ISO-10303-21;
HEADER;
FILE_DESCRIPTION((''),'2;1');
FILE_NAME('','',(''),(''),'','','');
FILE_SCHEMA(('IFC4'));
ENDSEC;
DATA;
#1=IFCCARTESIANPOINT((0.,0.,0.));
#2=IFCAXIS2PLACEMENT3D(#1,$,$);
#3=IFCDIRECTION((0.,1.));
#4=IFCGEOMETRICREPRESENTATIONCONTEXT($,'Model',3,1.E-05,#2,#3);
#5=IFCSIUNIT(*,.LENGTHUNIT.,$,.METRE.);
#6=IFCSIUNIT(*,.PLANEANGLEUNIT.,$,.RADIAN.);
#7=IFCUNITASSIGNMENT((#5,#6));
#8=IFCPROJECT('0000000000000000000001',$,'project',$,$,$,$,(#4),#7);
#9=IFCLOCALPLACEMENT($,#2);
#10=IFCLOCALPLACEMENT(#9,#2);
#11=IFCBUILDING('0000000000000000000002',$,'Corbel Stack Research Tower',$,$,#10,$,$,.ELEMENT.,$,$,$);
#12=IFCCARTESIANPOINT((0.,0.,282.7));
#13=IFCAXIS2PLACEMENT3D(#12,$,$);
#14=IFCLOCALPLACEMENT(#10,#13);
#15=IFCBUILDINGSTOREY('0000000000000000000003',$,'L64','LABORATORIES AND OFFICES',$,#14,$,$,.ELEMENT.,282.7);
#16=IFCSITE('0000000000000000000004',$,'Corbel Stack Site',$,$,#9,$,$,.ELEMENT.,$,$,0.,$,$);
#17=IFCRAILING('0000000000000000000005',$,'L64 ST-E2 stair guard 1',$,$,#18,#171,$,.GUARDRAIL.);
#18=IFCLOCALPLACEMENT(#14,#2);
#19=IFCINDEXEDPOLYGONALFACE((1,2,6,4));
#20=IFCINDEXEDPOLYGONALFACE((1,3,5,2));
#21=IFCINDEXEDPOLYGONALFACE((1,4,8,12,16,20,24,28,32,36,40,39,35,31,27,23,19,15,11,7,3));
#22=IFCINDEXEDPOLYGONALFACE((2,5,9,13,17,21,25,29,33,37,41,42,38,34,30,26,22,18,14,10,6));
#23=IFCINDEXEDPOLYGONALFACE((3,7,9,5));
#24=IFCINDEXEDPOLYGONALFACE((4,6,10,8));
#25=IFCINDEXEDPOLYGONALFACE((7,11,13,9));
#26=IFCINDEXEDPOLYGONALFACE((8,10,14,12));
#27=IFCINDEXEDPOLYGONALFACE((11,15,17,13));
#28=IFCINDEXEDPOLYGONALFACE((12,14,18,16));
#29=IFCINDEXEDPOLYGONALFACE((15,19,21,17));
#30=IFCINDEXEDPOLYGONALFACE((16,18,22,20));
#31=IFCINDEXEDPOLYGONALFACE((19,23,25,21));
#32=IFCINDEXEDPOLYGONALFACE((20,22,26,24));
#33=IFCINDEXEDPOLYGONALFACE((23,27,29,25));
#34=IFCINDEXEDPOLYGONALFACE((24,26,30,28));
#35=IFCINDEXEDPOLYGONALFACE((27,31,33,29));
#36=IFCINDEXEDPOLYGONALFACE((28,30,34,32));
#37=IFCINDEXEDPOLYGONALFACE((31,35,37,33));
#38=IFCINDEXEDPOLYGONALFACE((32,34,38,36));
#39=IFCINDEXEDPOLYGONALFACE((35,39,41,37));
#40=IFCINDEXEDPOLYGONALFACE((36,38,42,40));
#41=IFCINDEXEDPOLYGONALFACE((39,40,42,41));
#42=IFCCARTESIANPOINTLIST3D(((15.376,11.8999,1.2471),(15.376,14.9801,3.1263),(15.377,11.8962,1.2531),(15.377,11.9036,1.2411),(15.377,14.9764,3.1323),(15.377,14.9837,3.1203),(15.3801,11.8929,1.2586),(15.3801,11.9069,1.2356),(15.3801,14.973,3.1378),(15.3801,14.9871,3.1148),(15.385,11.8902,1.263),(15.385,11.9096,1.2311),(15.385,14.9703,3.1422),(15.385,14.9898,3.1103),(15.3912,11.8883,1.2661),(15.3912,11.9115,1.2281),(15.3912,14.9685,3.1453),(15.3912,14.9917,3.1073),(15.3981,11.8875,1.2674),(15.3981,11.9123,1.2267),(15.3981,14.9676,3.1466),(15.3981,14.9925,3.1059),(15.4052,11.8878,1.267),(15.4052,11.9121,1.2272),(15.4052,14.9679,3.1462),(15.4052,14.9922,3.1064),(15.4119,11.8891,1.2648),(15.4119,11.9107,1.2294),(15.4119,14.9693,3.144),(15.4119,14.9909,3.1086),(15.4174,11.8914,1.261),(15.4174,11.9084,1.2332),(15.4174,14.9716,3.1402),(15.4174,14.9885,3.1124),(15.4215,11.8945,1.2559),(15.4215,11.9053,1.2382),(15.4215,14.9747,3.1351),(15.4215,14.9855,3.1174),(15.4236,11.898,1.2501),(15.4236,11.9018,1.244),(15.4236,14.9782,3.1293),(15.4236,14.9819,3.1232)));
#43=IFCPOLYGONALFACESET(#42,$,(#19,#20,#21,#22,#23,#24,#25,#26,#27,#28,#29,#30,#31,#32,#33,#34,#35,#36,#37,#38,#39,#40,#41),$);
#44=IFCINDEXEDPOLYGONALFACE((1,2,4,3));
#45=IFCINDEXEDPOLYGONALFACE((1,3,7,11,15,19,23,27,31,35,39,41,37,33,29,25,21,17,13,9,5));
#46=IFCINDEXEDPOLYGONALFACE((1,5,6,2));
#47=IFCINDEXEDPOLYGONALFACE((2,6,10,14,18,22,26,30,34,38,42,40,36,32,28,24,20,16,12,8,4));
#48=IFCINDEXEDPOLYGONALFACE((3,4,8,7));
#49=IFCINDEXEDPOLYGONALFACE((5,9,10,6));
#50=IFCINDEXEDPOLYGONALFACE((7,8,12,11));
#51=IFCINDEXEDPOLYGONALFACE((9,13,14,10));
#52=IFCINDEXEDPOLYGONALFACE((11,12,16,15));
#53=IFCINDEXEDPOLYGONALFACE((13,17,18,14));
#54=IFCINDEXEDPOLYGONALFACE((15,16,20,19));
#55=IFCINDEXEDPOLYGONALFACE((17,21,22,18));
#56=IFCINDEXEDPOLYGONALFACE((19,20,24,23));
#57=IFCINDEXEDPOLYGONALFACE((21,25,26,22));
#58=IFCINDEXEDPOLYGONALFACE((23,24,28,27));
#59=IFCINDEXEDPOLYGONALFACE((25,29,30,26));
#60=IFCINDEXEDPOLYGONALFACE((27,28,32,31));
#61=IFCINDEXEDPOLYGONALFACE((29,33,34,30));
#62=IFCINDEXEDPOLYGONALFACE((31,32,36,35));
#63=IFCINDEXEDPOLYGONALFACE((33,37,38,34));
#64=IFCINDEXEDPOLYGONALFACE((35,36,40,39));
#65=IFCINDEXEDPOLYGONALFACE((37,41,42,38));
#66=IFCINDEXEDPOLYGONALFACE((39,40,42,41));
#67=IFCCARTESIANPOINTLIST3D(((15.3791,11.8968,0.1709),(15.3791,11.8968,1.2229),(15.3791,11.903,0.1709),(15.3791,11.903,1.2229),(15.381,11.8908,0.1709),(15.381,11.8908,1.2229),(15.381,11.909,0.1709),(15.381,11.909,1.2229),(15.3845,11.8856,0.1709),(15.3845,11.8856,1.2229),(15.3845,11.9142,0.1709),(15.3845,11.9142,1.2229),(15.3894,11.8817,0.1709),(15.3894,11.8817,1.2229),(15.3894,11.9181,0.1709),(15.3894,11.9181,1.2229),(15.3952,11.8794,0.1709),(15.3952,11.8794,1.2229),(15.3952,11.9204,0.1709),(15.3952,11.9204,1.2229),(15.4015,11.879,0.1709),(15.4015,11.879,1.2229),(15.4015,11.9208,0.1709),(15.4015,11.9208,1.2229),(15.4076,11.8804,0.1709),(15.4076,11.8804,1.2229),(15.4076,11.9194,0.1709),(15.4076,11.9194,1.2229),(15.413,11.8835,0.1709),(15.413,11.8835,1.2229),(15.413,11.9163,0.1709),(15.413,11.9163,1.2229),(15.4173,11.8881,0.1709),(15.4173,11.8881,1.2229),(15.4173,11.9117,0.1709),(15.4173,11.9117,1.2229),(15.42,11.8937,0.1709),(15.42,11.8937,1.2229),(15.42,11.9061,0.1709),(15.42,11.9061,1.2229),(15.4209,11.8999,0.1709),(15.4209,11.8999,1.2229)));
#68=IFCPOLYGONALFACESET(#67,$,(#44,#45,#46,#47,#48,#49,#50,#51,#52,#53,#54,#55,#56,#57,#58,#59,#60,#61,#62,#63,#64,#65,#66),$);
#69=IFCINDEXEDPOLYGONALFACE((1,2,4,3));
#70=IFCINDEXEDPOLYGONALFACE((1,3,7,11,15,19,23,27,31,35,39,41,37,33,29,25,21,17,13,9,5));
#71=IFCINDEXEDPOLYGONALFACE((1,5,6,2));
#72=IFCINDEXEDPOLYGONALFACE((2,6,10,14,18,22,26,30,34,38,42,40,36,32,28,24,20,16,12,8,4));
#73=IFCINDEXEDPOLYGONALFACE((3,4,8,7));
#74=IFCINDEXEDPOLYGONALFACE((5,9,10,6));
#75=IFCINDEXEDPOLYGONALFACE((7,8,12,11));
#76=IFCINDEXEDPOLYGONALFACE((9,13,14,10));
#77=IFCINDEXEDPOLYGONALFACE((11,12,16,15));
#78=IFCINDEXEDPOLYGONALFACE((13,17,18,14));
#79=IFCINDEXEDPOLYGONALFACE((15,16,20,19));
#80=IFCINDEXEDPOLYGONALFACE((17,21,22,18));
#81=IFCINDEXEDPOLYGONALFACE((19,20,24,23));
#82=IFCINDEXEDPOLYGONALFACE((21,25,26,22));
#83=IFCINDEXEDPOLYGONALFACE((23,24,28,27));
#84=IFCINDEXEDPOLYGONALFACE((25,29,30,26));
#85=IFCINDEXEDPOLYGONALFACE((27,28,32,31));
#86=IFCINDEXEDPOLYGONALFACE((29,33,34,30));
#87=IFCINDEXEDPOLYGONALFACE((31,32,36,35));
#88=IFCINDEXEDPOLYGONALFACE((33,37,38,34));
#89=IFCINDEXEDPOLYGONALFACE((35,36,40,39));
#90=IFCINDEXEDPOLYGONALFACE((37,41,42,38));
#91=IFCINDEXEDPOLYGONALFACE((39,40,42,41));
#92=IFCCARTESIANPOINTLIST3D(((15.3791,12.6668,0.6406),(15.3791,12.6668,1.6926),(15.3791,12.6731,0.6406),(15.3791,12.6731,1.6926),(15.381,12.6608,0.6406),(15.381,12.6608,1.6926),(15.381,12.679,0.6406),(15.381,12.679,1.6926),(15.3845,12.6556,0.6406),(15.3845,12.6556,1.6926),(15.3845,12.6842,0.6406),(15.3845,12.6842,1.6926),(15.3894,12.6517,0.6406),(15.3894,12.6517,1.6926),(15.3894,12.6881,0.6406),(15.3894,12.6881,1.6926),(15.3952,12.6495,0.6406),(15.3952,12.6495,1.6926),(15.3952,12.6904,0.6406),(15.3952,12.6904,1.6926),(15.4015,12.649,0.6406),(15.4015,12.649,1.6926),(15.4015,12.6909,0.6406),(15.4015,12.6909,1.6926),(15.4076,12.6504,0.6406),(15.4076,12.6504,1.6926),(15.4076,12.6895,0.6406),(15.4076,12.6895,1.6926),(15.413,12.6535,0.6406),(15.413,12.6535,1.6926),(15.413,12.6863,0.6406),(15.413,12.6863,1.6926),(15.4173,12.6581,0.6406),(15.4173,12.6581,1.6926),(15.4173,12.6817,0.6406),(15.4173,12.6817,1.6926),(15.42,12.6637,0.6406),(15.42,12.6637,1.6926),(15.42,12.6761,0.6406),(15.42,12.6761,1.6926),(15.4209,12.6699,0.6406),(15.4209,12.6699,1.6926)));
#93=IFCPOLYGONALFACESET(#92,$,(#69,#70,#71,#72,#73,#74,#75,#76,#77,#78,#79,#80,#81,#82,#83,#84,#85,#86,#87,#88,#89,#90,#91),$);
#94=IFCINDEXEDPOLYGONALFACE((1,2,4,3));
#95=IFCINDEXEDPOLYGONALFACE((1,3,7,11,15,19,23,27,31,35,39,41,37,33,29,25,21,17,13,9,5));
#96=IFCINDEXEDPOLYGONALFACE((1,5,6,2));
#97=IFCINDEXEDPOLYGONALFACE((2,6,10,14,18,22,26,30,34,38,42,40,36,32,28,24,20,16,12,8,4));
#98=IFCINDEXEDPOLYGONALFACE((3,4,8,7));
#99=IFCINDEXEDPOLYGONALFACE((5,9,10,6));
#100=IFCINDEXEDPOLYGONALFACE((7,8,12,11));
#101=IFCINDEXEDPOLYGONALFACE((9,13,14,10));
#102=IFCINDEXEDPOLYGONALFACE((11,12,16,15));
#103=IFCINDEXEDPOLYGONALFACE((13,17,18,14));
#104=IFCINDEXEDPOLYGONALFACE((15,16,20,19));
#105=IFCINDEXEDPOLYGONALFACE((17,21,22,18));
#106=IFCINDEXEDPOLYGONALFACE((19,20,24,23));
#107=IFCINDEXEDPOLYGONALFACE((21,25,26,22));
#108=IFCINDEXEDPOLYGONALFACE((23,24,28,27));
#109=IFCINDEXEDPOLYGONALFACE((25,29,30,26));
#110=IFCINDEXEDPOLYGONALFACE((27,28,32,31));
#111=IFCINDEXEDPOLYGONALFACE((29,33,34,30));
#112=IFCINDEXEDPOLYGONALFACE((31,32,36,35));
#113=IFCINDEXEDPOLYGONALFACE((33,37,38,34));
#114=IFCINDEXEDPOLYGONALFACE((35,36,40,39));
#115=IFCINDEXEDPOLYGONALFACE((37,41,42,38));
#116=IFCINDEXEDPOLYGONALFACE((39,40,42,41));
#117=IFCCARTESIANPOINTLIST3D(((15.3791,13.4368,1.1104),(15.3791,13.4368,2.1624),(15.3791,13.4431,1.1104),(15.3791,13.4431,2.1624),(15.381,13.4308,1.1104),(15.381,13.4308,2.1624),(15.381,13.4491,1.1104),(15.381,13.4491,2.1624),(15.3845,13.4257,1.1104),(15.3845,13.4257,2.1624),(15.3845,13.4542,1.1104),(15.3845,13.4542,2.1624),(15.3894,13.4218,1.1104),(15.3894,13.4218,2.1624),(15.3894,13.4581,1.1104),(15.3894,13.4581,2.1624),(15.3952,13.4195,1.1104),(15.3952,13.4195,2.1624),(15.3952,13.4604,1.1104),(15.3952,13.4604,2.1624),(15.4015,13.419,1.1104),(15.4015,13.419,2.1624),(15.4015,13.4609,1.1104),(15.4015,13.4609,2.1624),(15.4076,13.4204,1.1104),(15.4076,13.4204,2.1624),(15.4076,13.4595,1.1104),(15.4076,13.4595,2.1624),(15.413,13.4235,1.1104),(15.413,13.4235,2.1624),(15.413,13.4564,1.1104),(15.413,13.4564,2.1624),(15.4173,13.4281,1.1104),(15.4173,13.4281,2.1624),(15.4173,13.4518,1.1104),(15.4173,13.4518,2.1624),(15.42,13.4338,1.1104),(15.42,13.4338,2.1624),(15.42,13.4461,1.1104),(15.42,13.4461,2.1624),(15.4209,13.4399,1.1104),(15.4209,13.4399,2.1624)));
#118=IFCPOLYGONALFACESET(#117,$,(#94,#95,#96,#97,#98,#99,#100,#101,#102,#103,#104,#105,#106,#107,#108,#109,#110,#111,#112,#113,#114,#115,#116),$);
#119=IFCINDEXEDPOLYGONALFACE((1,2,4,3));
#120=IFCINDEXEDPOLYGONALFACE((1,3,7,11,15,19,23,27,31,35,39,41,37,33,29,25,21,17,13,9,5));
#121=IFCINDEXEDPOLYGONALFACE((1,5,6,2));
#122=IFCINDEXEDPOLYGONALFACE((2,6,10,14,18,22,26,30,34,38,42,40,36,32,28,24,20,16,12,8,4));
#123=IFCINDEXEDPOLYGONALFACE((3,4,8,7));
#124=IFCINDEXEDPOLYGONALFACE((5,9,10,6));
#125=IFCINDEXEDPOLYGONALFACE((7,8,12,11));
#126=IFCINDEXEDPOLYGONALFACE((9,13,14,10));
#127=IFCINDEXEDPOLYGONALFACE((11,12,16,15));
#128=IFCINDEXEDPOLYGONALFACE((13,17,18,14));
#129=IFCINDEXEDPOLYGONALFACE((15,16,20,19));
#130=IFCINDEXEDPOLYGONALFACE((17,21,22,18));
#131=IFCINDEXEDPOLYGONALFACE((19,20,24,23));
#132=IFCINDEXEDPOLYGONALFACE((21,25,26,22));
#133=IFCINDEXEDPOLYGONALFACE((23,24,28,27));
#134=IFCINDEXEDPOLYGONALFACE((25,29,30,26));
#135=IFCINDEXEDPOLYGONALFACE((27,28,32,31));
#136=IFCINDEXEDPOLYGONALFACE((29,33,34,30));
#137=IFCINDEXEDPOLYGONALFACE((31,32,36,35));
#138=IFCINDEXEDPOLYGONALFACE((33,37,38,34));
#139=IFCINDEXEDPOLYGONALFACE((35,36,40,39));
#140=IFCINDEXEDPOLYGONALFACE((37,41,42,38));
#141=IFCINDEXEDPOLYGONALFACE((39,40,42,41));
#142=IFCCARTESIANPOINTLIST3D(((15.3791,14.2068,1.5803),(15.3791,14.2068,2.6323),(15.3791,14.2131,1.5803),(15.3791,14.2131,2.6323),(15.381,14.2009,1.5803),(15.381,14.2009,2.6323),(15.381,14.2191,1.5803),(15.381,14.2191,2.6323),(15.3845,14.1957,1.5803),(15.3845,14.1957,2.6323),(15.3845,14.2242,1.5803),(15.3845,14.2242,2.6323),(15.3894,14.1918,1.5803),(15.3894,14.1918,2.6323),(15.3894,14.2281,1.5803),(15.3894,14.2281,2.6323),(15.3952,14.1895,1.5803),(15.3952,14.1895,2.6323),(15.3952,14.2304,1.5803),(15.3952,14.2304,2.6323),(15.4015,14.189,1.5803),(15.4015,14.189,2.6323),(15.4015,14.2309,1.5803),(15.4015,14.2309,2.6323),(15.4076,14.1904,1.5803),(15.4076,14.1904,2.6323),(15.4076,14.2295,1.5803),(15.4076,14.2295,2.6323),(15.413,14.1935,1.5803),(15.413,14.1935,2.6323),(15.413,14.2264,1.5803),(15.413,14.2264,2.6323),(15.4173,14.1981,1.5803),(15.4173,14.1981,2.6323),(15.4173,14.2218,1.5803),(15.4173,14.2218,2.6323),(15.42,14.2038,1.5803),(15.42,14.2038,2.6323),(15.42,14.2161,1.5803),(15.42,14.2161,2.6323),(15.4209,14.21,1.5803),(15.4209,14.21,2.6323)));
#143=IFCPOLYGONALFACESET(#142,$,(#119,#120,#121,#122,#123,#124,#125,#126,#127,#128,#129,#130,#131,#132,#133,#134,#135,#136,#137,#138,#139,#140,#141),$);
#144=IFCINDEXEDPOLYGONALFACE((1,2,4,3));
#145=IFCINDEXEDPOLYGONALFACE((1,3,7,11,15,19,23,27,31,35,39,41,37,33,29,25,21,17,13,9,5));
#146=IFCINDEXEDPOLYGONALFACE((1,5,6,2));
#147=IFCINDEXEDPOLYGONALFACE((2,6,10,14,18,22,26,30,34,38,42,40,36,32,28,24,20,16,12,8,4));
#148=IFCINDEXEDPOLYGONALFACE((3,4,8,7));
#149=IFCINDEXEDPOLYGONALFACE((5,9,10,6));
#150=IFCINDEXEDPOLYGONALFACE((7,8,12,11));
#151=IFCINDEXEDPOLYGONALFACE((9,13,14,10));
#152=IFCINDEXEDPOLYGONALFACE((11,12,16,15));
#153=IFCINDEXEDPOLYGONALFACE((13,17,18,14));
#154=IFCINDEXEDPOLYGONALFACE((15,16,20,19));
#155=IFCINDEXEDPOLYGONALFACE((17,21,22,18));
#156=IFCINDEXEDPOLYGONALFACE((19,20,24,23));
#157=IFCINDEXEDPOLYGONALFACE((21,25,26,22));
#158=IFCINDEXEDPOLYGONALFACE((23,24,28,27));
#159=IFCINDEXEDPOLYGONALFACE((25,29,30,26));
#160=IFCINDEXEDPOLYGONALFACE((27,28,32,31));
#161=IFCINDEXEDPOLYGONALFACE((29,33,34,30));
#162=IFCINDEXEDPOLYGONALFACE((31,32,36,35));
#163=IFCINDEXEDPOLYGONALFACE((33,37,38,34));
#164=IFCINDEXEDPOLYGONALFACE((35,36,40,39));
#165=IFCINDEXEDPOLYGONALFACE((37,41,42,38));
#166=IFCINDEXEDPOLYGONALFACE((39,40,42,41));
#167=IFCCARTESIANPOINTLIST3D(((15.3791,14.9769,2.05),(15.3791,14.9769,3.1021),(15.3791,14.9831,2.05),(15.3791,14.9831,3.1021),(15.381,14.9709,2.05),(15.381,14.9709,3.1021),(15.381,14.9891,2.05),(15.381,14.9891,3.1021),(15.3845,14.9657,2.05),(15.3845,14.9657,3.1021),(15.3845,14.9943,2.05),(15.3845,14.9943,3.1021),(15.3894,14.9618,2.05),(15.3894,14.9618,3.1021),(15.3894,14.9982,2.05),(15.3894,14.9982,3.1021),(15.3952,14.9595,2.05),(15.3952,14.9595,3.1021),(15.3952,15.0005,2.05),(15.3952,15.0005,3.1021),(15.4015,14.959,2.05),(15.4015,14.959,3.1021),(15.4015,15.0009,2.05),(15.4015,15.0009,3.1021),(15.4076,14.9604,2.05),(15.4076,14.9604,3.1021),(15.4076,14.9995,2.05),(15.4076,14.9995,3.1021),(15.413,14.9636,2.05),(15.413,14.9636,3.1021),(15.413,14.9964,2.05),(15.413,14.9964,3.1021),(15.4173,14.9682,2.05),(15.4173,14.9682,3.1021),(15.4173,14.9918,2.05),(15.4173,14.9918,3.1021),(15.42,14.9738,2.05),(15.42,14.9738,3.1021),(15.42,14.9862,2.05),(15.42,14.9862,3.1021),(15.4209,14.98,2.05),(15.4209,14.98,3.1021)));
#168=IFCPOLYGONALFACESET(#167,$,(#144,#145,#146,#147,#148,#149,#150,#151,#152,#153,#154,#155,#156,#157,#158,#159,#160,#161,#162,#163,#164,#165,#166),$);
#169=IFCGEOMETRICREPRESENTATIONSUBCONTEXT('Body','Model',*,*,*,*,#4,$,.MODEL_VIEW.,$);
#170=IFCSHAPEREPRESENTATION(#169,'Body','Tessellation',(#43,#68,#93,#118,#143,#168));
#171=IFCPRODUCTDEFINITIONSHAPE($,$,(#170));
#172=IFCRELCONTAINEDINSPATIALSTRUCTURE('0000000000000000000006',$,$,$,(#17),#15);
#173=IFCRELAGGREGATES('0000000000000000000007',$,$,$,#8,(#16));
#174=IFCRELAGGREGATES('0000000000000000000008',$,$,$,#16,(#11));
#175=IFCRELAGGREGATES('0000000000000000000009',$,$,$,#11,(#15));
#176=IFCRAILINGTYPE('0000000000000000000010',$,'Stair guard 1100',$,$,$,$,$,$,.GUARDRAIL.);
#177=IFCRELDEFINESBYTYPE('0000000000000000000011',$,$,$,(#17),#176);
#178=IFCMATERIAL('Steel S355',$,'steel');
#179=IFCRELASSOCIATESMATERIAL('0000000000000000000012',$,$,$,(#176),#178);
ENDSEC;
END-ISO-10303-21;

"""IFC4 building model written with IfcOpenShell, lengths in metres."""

from ifc_helpers import new_model, si_unit, direction, frame, origin, origin_2d, place, context, subcontext, project, spatial, circle, extrude, material, type_object, element, save


model = new_model("IFC4")

# Units and contexts
model_context = context("Model", 3, precision=1e-05, world=origin(), true_north=direction((0.0, 1.0)))
body_context = subcontext(model_context, "Body", "Model", "MODEL_VIEW")
ifc_project = project(units=[si_unit("LENGTHUNIT", "METRE"), si_unit("PLANEANGLEUNIT", "RADIAN")], contexts=[model_context])

# Site, building, storey
site_placement = place(None, origin())
site = spatial("IfcSite", under=ifc_project, at=site_placement, Name="Corbel Stack Site", CompositionType="ELEMENT", RefElevation=0.0)
building_placement = place(site_placement, origin())
building = spatial("IfcBuilding", under=site, at=building_placement, Name="Corbel Stack Research Tower", CompositionType="ELEMENT")
storey_placement = place(building_placement, frame((0.0, 0.0, 282.7)))
storey = spatial("IfcBuildingStorey", under=building, at=storey_placement, Name="L64", Description="LABORATORIES AND OFFICES", CompositionType="ELEMENT", Elevation=282.7)

# Railing
ifc_material_1 = material(Name="Steel S355", Category="steel")
railing_type_1 = type_object("IfcRailingType", Name="Stair guard 1100", PredefinedType="GUARDRAIL", material=ifc_material_1)
railing_1_placement = place(storey_placement, frame((15.3999, 11.8999, 0.1709)))
element("IfcRailing", 1, at=railing_1_placement, inside=storey, type_object=railing_type_1, Name="L64 ST-E2 stair guard 1", PredefinedType="GUARDRAIL", context=body_context, shape_type="SweptSolid", body=[
    extrude(circle(Radius=0.0239, at=origin_2d()), frame((0.0, 0.0, 1.0762), z_axis=(0.0, 0.853666, 0.52082), x_axis=(-1.0, 0.0, 0.0)), (0.0, 0.0, 1.0), 3.6082),
    extrude(circle(Radius=0.021, at=origin_2d()), origin(), (0.0, 0.0, 1.0), 1.052),
    extrude(circle(Radius=0.021, at=origin_2d()), frame((0.0, 0.77, 0.4697)), (0.0, 0.0, 1.0), 1.052),
    extrude(circle(Radius=0.021, at=origin_2d()), frame((0.0, 1.54, 0.9395)), (0.0, 0.0, 1.0), 1.052),
    extrude(circle(Radius=0.021, at=origin_2d()), frame((0.0, 2.3101, 1.4094)), (0.0, 0.0, 1.0), 1.052),
    extrude(circle(Radius=0.021, at=origin_2d()), frame((0.0, 3.0801, 1.8792)), (0.0, 0.0, 1.0), 1.052),
])

save(model, "model.ifc")
